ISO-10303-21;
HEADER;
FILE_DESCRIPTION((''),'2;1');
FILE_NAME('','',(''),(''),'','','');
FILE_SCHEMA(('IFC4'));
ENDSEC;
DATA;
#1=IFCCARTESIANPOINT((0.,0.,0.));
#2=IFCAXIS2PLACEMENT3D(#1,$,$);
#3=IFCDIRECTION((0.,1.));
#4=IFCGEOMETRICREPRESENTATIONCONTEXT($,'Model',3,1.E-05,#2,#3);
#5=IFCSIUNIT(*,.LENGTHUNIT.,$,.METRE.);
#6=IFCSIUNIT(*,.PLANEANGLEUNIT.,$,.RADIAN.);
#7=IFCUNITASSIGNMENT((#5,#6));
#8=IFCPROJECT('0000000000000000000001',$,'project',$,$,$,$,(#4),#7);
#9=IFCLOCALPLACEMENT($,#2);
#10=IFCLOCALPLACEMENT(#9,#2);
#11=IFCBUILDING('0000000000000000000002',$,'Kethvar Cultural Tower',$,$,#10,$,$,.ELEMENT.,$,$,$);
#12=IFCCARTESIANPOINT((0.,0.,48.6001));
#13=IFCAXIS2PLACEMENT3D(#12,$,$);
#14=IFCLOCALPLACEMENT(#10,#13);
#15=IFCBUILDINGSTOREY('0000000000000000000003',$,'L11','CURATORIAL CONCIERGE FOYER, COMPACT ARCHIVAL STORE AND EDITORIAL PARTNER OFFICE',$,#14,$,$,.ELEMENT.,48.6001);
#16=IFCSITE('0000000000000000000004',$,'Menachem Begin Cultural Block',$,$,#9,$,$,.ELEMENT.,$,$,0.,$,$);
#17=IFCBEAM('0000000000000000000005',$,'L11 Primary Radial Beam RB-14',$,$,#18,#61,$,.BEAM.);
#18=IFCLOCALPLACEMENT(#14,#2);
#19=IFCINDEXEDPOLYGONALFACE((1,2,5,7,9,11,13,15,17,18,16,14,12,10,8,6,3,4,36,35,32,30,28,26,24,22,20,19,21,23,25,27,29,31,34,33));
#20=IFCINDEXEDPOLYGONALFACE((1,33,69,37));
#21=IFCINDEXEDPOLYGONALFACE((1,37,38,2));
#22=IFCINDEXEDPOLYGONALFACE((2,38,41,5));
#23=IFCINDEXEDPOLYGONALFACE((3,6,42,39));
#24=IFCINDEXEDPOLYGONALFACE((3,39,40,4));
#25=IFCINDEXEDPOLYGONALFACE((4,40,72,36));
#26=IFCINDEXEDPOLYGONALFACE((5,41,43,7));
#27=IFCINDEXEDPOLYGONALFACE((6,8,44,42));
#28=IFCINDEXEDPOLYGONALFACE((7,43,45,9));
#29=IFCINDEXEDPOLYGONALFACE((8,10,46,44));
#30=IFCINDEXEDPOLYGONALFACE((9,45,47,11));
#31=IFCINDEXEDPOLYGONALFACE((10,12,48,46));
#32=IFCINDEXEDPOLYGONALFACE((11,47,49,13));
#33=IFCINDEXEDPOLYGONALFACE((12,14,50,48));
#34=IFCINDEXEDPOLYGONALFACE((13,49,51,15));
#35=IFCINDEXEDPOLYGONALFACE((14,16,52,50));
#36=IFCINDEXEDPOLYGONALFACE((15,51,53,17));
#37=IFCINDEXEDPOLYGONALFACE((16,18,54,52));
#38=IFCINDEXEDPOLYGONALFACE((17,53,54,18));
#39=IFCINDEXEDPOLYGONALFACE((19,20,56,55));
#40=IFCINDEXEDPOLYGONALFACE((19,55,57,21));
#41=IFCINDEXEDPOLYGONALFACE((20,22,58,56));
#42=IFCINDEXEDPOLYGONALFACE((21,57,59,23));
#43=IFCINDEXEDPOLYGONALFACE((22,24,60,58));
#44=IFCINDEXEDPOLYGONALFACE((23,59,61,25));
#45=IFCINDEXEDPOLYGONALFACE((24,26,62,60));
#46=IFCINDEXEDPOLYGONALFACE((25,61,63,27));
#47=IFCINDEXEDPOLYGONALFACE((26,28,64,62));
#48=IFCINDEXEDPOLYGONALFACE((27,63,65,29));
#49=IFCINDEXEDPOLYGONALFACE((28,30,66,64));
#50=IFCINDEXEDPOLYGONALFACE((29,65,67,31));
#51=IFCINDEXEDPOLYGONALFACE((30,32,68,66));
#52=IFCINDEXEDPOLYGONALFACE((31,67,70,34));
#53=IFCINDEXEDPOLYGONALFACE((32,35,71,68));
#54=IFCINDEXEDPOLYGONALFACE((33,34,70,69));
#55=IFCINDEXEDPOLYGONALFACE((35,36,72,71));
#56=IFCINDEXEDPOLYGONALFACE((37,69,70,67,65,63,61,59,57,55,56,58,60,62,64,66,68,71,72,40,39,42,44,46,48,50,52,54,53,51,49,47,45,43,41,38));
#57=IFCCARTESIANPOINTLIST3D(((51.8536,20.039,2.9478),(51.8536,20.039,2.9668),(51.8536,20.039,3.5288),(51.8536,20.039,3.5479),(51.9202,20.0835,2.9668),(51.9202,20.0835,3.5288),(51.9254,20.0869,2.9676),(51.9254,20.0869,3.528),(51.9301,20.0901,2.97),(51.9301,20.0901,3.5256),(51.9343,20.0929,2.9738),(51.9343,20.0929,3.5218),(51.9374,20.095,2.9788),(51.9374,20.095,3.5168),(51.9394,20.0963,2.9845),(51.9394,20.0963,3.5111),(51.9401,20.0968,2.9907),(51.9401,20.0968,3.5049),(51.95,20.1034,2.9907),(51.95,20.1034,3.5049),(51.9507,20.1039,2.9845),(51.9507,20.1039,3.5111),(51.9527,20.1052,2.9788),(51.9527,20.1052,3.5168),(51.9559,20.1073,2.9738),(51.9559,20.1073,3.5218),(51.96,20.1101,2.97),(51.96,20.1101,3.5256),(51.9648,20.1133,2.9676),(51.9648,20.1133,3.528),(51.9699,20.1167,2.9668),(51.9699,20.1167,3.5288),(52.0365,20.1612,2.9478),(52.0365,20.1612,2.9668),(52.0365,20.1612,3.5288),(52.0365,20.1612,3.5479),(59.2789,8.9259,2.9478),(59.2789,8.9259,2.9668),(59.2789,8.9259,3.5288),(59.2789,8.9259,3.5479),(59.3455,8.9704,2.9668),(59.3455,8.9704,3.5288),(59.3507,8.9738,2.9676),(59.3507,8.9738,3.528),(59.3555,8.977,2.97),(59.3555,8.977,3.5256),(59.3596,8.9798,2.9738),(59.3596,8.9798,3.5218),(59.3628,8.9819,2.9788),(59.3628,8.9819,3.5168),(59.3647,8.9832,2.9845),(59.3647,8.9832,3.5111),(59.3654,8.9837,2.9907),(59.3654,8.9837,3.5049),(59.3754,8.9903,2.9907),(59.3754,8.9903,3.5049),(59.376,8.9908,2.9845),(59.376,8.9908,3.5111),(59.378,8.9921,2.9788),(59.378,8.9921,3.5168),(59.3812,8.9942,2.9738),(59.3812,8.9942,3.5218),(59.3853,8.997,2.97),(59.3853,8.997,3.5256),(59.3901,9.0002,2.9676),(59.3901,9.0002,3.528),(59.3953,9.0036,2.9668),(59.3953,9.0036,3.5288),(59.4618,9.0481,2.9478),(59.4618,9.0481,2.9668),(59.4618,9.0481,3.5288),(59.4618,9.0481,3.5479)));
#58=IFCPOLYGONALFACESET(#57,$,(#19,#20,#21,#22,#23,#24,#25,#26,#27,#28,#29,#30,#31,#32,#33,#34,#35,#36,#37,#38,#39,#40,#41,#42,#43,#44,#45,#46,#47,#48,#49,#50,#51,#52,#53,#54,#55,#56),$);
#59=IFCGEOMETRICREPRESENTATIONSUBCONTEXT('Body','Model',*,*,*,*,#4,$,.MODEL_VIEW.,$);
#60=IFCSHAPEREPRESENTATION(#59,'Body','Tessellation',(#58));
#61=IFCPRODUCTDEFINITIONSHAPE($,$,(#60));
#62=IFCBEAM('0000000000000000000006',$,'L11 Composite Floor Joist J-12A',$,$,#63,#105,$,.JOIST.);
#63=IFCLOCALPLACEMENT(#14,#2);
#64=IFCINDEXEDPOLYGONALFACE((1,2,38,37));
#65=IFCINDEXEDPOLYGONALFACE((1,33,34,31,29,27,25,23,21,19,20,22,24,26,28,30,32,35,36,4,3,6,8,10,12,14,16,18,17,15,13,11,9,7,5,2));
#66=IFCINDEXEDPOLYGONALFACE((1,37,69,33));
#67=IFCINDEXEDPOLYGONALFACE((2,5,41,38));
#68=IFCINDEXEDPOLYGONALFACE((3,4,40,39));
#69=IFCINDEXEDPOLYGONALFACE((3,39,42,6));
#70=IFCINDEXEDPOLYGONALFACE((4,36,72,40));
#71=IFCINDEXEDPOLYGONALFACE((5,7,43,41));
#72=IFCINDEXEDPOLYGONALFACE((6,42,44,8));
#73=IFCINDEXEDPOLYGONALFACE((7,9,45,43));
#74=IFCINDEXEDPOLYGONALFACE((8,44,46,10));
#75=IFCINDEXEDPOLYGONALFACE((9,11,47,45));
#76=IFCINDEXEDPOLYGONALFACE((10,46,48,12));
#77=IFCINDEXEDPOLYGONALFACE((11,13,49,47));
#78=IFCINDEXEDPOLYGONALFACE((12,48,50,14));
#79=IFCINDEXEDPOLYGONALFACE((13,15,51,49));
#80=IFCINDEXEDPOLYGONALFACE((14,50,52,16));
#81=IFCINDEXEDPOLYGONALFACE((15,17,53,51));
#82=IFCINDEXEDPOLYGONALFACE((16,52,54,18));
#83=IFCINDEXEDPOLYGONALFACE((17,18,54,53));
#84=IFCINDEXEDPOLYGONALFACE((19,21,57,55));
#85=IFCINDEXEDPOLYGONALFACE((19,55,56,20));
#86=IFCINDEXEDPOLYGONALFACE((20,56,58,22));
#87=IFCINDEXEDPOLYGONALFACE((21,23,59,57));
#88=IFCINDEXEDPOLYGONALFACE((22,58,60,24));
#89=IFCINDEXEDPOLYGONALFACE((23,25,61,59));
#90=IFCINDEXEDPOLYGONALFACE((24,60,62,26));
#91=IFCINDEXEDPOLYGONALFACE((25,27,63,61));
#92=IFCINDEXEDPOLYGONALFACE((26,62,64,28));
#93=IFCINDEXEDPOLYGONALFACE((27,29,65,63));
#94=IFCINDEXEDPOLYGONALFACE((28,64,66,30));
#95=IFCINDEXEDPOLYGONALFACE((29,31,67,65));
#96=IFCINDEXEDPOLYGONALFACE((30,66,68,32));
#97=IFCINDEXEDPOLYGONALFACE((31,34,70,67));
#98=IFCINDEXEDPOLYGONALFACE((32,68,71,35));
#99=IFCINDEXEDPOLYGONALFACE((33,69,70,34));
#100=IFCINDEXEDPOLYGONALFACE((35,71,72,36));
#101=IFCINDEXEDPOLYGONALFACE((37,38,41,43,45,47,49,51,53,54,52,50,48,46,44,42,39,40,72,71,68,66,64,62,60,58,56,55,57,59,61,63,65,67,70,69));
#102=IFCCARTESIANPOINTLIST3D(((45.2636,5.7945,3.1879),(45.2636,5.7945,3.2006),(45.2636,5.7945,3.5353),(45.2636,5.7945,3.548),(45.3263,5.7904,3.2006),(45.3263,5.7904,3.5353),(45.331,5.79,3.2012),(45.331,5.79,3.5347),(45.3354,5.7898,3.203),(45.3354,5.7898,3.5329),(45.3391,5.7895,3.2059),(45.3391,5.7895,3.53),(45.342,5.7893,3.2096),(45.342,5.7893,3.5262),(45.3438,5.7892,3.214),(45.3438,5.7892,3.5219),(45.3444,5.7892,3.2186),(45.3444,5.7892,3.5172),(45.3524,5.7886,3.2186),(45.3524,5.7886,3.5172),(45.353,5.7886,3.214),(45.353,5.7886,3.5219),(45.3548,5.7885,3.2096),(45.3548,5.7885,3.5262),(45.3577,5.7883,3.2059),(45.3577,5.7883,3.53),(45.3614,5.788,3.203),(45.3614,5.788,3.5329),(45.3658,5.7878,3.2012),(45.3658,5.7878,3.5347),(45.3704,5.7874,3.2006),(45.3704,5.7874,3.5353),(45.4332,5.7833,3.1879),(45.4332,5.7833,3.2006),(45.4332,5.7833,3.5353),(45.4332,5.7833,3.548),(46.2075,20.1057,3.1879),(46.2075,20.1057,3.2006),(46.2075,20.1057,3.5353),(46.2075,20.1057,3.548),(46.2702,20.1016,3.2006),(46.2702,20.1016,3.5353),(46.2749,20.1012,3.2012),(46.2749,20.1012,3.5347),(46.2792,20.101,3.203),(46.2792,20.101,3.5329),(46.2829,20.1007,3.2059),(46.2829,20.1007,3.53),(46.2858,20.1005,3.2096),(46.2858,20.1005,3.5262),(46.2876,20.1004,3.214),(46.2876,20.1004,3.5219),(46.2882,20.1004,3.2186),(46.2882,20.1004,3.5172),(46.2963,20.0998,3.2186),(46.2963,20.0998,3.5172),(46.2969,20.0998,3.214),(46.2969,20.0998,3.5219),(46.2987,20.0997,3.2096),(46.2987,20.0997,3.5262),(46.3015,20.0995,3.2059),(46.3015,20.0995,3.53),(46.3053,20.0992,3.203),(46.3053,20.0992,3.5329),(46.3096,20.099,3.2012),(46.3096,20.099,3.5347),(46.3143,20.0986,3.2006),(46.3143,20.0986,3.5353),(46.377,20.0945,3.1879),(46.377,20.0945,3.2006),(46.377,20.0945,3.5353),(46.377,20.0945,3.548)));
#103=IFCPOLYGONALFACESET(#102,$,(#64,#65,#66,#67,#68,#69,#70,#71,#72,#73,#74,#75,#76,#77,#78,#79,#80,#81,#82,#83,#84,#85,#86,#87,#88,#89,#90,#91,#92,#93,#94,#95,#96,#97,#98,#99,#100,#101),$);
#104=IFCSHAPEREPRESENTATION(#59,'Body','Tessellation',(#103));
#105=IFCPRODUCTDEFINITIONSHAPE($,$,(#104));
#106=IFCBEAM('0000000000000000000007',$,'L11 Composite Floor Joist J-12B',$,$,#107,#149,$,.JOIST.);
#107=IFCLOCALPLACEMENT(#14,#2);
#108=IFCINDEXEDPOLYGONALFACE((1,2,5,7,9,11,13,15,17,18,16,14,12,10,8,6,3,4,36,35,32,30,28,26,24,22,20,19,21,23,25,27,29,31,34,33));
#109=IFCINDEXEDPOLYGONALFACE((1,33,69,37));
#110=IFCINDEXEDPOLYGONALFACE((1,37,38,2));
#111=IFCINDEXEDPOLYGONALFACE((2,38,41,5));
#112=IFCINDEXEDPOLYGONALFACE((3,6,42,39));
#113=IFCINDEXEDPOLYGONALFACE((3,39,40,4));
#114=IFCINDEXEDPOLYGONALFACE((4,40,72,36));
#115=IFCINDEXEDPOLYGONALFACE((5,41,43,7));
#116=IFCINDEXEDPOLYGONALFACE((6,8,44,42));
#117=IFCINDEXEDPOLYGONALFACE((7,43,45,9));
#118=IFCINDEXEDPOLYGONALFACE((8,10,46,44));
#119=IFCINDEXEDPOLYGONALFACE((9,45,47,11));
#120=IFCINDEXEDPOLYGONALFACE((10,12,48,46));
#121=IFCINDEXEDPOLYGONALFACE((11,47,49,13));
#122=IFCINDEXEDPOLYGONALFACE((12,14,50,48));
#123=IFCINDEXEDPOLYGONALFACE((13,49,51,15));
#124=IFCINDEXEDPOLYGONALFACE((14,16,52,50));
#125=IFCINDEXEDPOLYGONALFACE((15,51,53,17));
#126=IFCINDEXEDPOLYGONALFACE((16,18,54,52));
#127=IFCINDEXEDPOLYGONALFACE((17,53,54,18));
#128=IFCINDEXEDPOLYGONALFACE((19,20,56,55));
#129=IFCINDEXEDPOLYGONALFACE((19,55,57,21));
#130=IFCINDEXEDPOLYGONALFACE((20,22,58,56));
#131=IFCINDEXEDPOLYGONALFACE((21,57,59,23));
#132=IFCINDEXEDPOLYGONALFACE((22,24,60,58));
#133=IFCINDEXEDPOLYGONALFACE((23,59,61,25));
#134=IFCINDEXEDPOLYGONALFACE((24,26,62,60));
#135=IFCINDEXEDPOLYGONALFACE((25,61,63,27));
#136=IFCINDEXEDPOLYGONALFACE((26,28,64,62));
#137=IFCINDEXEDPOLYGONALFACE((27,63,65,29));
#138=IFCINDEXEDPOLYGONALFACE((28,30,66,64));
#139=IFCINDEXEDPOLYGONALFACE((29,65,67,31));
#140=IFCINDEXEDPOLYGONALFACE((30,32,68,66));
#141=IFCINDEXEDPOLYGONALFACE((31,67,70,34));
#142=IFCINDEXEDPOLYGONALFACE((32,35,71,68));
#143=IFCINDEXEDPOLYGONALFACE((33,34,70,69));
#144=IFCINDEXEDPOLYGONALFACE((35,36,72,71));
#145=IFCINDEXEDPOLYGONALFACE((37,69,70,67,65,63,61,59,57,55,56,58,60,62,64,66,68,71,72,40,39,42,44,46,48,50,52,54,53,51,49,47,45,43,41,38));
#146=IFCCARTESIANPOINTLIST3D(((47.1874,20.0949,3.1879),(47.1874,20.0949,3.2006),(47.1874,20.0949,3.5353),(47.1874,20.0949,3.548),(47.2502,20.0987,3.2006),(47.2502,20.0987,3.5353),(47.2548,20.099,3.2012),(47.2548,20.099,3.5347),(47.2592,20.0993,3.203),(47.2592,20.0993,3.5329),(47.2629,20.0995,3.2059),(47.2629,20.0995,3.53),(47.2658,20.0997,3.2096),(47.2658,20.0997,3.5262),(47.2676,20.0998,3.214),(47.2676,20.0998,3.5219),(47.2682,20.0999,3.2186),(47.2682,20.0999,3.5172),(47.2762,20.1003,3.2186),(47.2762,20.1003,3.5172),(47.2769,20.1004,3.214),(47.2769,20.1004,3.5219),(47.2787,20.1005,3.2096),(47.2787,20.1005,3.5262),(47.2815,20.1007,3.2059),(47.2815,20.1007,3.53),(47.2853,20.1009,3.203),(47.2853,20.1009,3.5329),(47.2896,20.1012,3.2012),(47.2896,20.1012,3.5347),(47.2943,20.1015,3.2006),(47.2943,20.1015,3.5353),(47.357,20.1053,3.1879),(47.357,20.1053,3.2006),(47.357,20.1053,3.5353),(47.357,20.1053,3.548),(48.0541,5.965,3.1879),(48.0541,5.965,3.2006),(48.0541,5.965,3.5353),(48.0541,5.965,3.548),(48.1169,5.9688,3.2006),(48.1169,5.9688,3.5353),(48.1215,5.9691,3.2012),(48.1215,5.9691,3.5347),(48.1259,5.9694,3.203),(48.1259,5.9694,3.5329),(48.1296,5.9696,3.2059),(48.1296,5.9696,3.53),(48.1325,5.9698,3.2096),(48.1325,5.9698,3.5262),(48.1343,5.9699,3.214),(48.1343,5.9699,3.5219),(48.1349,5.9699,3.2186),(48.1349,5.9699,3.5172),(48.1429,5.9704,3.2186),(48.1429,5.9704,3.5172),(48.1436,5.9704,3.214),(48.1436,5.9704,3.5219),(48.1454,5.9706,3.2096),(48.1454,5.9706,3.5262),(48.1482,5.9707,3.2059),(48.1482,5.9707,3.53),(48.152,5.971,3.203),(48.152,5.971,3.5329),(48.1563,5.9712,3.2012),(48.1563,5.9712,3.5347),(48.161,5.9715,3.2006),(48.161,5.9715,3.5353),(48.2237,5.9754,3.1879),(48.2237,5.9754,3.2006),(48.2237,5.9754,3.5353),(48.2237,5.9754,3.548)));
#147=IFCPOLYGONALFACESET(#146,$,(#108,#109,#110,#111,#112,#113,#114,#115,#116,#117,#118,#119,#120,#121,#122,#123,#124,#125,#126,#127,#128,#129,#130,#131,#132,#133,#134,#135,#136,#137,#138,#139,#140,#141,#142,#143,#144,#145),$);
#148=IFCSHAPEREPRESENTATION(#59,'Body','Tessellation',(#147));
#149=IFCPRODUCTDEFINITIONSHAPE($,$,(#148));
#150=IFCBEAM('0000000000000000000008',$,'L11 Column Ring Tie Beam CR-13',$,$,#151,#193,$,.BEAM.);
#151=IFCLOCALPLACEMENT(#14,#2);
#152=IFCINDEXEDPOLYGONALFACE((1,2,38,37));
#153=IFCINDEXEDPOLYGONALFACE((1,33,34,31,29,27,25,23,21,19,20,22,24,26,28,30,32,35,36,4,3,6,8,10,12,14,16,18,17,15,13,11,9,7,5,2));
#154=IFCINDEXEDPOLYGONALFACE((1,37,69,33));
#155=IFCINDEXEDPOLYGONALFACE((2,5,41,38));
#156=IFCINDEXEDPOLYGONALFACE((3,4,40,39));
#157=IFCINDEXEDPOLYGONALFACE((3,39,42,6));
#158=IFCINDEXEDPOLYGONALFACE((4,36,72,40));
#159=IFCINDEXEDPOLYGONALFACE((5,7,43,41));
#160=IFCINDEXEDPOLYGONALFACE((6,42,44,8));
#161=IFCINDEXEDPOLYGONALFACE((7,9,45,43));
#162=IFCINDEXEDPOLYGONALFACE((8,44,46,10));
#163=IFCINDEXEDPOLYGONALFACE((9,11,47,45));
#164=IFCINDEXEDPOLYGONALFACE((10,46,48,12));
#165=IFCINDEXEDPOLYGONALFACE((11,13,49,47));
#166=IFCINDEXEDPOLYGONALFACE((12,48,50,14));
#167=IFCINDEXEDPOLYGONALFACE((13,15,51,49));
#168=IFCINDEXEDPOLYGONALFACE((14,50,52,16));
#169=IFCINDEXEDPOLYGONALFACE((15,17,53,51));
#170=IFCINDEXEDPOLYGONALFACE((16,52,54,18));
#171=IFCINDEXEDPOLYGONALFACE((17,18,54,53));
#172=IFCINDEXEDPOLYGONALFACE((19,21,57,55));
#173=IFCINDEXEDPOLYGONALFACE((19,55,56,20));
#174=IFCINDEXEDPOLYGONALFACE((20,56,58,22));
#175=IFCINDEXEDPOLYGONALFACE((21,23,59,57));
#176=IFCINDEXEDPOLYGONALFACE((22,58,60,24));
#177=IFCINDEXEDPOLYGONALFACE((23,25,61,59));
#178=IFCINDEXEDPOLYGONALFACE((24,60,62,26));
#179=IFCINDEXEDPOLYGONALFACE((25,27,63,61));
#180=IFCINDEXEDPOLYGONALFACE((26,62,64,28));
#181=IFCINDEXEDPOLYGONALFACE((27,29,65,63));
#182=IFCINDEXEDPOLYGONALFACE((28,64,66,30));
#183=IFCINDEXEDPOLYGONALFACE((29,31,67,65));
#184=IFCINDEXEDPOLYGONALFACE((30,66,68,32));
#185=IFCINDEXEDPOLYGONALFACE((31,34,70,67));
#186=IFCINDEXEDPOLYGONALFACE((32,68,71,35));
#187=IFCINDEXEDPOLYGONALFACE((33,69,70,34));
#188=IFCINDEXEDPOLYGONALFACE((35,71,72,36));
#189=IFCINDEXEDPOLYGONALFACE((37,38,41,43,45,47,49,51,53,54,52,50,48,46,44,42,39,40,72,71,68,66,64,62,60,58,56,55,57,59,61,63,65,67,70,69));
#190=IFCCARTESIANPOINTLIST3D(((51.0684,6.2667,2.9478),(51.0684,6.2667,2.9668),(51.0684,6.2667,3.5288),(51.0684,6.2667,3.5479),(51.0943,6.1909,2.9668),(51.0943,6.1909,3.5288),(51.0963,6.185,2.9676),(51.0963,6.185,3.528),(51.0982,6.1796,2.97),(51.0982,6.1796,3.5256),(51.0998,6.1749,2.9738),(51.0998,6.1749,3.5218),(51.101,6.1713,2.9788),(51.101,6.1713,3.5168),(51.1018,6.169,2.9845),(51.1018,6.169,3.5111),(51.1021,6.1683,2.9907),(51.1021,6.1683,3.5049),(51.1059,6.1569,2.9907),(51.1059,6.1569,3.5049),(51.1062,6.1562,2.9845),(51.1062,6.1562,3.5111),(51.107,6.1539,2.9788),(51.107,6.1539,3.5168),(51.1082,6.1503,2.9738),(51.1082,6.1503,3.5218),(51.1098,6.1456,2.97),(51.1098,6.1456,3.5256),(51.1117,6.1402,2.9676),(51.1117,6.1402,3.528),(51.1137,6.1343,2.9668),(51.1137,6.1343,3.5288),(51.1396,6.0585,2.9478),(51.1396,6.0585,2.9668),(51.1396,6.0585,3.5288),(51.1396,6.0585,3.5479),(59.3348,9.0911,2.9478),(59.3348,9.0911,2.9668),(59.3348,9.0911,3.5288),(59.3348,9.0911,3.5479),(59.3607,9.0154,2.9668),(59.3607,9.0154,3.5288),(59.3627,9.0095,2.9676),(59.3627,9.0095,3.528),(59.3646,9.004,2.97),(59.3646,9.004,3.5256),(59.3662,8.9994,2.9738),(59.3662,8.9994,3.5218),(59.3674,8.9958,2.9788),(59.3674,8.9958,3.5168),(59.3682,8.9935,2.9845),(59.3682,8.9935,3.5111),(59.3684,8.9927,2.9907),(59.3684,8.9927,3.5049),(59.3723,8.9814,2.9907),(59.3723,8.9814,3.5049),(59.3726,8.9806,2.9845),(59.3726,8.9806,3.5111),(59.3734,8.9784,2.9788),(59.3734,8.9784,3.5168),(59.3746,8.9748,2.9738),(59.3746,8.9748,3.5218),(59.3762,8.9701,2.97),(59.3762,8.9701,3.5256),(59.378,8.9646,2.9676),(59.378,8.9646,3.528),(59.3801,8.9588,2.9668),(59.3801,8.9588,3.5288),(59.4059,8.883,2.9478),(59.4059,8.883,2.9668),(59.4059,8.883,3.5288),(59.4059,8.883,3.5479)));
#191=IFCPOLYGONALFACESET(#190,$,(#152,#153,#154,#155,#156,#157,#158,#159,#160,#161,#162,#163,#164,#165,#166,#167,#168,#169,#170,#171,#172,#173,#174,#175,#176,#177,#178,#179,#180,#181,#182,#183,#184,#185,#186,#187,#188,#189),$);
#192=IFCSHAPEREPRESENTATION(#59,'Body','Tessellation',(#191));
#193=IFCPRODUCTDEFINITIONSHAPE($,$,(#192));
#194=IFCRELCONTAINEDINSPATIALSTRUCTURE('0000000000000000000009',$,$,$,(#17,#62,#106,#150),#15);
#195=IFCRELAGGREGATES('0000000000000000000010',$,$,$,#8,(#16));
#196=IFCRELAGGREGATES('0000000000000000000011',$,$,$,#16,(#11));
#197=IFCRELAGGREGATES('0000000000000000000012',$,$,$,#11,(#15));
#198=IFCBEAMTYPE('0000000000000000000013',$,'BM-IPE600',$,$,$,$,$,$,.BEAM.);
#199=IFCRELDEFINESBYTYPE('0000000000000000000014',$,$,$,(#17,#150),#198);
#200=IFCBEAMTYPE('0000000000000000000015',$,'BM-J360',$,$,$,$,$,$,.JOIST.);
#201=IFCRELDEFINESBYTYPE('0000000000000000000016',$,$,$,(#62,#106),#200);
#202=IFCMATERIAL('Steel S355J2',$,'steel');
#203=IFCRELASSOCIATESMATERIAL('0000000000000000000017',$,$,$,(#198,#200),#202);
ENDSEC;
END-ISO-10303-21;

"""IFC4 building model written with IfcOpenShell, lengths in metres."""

from ifc_helpers import new_model, si_unit, direction, frame, origin, origin_2d, place, context, subcontext, project, spatial, i_section, extrude, source, transform, mapped, material, material_profile, profile_set, type_object, element, save


model = new_model("IFC4")

# Units and contexts
model_context = context("Model", 3, precision=1e-05, world=origin(), true_north=direction((0.0, 1.0)))
body_context = subcontext(model_context, "Body", "Model", "MODEL_VIEW")
ifc_project = project(units=[si_unit("LENGTHUNIT", "METRE"), si_unit("PLANEANGLEUNIT", "RADIAN")], contexts=[model_context])

# Site, building, storey
site_placement = place(None, origin())
site = spatial("IfcSite", under=ifc_project, at=site_placement, Name="Menachem Begin Cultural Block", CompositionType="ELEMENT", RefElevation=0.0)
building_placement = place(site_placement, origin())
building = spatial("IfcBuilding", under=site, at=building_placement, Name="Kethvar Cultural Tower", CompositionType="ELEMENT")
storey_placement = place(building_placement, frame((0.0, 0.0, 48.6001)))
storey = spatial("IfcBuildingStorey", under=building, at=storey_placement, Name="L11", Description="CURATORIAL CONCIERGE FOYER, COMPACT ARCHIVAL STORE AND EDITORIAL PARTNER OFFICE", CompositionType="ELEMENT", Elevation=48.6001)

# Beams
ifc_material_1 = material(Name="Steel S355J2", Category="steel")
ifc_material_profile_1 = material_profile(ifc_material_1, i_section(OverallWidth=0.22, OverallDepth=0.6001, WebThickness=0.012, FlangeThickness=0.019, FilletRadius=0.0239, at=origin_2d()), Name="Steel S355J2 — IPE600")
ifc_profile_set_1 = profile_set([ifc_material_profile_1], Name="Steel S355J2 — IPE600")
beam_type_1 = type_object("IfcBeamType", Name="BM-IPE600", PredefinedType="BEAM", material=ifc_profile_set_1)
shared_shape_1 = source(origin(), body_context, "Body", "SweptSolid", [
    extrude(i_section(OverallWidth=0.22, OverallDepth=0.6001, WebThickness=0.012, FlangeThickness=0.019, FilletRadius=0.0239, at=origin_2d()), origin(), (0.0, 0.0, 1.0), 13.3655),
])
beam_1_placement = place(storey_placement, frame((51.9451, 20.1001, 3.2478), z_axis=(0.55556, -0.831477, 0.0), x_axis=(0.831477, 0.55556, 0.0)))
element("IfcBeam", 1, at=beam_1_placement, inside=storey, type_object=beam_type_1, Name="L11 Primary Radial Beam RB-14", PredefinedType="BEAM", context=body_context, shape_type="MappedRepresentation", body=[
    mapped(shared_shape_1, transform((0.0, 0.0, 0.0), scale=1.0)),
])
ifc_material_profile_2 = material_profile(ifc_material_1, i_section(OverallWidth=0.1699, OverallDepth=0.3601, WebThickness=0.0081, FlangeThickness=0.0127, FilletRadius=0.0181, at=origin_2d()), Name="Steel S355J2 — IPE360")
ifc_profile_set_2 = profile_set([ifc_material_profile_2], Name="Steel S355J2 — IPE360")
beam_type_2 = type_object("IfcBeamType", Name="BM-J360", PredefinedType="JOIST", material=ifc_profile_set_2)
shared_shape_2 = source(origin(), body_context, "Body", "SweptSolid", [
    extrude(i_section(OverallWidth=0.1699, OverallDepth=0.3601, WebThickness=0.0081, FlangeThickness=0.0127, FilletRadius=0.0181, at=origin_2d()), origin(), (0.0, 0.0, 1.0), 14.3423),
])
beam_2_placement = place(storey_placement, frame((46.2922, 20.1001, 3.3679), z_axis=(-0.065808, -0.997832, 0.0), x_axis=(0.997832, -0.065808, 0.0)))
element("IfcBeam", 2, at=beam_2_placement, inside=storey, type_object=beam_type_2, Name="L11 Composite Floor Joist J-12A", PredefinedType="JOIST", context=body_context, shape_type="MappedRepresentation", body=[
    mapped(shared_shape_2, transform((0.0, 0.0, 0.0), scale=1.0)),
])
shared_shape_3 = source(origin(), body_context, "Body", "SweptSolid", [
    extrude(i_section(OverallWidth=0.1699, OverallDepth=0.3601, WebThickness=0.0081, FlangeThickness=0.0127, FilletRadius=0.0181, at=origin_2d()), origin(), (0.0, 0.0, 1.0), 14.1565),
])
beam_3_placement = place(storey_placement, frame((47.2722, 20.1001, 3.3679), z_axis=(0.061223, -0.998124, 0.0), x_axis=(0.998124, 0.061223, 0.0)))
element("IfcBeam", 3, at=beam_3_placement, inside=storey, type_object=beam_type_2, Name="L11 Composite Floor Joist J-12B", PredefinedType="JOIST", context=body_context, shape_type="MappedRepresentation", body=[
    mapped(shared_shape_3, transform((0.0, 0.0, 0.0), scale=1.0)),
])
shared_shape_4 = source(origin(), body_context, "Body", "SweptSolid", [
    extrude(i_section(OverallWidth=0.22, OverallDepth=0.6001, WebThickness=0.012, FlangeThickness=0.019, FilletRadius=0.0239, at=origin_2d()), origin(), (0.0, 0.0, 1.0), 8.7356),
])
beam_4_placement = place(storey_placement, frame((51.104, 6.1626, 3.2478), z_axis=(0.946287, 0.323329, 0.0), x_axis=(-0.323329, 0.946287, 0.0)))
element("IfcBeam", 4, at=beam_4_placement, inside=storey, type_object=beam_type_1, Name="L11 Column Ring Tie Beam CR-13", PredefinedType="BEAM", context=body_context, shape_type="MappedRepresentation", body=[
    mapped(shared_shape_4, transform((0.0, 0.0, 0.0), scale=1.0)),
])

save(model, "model.ifc")
